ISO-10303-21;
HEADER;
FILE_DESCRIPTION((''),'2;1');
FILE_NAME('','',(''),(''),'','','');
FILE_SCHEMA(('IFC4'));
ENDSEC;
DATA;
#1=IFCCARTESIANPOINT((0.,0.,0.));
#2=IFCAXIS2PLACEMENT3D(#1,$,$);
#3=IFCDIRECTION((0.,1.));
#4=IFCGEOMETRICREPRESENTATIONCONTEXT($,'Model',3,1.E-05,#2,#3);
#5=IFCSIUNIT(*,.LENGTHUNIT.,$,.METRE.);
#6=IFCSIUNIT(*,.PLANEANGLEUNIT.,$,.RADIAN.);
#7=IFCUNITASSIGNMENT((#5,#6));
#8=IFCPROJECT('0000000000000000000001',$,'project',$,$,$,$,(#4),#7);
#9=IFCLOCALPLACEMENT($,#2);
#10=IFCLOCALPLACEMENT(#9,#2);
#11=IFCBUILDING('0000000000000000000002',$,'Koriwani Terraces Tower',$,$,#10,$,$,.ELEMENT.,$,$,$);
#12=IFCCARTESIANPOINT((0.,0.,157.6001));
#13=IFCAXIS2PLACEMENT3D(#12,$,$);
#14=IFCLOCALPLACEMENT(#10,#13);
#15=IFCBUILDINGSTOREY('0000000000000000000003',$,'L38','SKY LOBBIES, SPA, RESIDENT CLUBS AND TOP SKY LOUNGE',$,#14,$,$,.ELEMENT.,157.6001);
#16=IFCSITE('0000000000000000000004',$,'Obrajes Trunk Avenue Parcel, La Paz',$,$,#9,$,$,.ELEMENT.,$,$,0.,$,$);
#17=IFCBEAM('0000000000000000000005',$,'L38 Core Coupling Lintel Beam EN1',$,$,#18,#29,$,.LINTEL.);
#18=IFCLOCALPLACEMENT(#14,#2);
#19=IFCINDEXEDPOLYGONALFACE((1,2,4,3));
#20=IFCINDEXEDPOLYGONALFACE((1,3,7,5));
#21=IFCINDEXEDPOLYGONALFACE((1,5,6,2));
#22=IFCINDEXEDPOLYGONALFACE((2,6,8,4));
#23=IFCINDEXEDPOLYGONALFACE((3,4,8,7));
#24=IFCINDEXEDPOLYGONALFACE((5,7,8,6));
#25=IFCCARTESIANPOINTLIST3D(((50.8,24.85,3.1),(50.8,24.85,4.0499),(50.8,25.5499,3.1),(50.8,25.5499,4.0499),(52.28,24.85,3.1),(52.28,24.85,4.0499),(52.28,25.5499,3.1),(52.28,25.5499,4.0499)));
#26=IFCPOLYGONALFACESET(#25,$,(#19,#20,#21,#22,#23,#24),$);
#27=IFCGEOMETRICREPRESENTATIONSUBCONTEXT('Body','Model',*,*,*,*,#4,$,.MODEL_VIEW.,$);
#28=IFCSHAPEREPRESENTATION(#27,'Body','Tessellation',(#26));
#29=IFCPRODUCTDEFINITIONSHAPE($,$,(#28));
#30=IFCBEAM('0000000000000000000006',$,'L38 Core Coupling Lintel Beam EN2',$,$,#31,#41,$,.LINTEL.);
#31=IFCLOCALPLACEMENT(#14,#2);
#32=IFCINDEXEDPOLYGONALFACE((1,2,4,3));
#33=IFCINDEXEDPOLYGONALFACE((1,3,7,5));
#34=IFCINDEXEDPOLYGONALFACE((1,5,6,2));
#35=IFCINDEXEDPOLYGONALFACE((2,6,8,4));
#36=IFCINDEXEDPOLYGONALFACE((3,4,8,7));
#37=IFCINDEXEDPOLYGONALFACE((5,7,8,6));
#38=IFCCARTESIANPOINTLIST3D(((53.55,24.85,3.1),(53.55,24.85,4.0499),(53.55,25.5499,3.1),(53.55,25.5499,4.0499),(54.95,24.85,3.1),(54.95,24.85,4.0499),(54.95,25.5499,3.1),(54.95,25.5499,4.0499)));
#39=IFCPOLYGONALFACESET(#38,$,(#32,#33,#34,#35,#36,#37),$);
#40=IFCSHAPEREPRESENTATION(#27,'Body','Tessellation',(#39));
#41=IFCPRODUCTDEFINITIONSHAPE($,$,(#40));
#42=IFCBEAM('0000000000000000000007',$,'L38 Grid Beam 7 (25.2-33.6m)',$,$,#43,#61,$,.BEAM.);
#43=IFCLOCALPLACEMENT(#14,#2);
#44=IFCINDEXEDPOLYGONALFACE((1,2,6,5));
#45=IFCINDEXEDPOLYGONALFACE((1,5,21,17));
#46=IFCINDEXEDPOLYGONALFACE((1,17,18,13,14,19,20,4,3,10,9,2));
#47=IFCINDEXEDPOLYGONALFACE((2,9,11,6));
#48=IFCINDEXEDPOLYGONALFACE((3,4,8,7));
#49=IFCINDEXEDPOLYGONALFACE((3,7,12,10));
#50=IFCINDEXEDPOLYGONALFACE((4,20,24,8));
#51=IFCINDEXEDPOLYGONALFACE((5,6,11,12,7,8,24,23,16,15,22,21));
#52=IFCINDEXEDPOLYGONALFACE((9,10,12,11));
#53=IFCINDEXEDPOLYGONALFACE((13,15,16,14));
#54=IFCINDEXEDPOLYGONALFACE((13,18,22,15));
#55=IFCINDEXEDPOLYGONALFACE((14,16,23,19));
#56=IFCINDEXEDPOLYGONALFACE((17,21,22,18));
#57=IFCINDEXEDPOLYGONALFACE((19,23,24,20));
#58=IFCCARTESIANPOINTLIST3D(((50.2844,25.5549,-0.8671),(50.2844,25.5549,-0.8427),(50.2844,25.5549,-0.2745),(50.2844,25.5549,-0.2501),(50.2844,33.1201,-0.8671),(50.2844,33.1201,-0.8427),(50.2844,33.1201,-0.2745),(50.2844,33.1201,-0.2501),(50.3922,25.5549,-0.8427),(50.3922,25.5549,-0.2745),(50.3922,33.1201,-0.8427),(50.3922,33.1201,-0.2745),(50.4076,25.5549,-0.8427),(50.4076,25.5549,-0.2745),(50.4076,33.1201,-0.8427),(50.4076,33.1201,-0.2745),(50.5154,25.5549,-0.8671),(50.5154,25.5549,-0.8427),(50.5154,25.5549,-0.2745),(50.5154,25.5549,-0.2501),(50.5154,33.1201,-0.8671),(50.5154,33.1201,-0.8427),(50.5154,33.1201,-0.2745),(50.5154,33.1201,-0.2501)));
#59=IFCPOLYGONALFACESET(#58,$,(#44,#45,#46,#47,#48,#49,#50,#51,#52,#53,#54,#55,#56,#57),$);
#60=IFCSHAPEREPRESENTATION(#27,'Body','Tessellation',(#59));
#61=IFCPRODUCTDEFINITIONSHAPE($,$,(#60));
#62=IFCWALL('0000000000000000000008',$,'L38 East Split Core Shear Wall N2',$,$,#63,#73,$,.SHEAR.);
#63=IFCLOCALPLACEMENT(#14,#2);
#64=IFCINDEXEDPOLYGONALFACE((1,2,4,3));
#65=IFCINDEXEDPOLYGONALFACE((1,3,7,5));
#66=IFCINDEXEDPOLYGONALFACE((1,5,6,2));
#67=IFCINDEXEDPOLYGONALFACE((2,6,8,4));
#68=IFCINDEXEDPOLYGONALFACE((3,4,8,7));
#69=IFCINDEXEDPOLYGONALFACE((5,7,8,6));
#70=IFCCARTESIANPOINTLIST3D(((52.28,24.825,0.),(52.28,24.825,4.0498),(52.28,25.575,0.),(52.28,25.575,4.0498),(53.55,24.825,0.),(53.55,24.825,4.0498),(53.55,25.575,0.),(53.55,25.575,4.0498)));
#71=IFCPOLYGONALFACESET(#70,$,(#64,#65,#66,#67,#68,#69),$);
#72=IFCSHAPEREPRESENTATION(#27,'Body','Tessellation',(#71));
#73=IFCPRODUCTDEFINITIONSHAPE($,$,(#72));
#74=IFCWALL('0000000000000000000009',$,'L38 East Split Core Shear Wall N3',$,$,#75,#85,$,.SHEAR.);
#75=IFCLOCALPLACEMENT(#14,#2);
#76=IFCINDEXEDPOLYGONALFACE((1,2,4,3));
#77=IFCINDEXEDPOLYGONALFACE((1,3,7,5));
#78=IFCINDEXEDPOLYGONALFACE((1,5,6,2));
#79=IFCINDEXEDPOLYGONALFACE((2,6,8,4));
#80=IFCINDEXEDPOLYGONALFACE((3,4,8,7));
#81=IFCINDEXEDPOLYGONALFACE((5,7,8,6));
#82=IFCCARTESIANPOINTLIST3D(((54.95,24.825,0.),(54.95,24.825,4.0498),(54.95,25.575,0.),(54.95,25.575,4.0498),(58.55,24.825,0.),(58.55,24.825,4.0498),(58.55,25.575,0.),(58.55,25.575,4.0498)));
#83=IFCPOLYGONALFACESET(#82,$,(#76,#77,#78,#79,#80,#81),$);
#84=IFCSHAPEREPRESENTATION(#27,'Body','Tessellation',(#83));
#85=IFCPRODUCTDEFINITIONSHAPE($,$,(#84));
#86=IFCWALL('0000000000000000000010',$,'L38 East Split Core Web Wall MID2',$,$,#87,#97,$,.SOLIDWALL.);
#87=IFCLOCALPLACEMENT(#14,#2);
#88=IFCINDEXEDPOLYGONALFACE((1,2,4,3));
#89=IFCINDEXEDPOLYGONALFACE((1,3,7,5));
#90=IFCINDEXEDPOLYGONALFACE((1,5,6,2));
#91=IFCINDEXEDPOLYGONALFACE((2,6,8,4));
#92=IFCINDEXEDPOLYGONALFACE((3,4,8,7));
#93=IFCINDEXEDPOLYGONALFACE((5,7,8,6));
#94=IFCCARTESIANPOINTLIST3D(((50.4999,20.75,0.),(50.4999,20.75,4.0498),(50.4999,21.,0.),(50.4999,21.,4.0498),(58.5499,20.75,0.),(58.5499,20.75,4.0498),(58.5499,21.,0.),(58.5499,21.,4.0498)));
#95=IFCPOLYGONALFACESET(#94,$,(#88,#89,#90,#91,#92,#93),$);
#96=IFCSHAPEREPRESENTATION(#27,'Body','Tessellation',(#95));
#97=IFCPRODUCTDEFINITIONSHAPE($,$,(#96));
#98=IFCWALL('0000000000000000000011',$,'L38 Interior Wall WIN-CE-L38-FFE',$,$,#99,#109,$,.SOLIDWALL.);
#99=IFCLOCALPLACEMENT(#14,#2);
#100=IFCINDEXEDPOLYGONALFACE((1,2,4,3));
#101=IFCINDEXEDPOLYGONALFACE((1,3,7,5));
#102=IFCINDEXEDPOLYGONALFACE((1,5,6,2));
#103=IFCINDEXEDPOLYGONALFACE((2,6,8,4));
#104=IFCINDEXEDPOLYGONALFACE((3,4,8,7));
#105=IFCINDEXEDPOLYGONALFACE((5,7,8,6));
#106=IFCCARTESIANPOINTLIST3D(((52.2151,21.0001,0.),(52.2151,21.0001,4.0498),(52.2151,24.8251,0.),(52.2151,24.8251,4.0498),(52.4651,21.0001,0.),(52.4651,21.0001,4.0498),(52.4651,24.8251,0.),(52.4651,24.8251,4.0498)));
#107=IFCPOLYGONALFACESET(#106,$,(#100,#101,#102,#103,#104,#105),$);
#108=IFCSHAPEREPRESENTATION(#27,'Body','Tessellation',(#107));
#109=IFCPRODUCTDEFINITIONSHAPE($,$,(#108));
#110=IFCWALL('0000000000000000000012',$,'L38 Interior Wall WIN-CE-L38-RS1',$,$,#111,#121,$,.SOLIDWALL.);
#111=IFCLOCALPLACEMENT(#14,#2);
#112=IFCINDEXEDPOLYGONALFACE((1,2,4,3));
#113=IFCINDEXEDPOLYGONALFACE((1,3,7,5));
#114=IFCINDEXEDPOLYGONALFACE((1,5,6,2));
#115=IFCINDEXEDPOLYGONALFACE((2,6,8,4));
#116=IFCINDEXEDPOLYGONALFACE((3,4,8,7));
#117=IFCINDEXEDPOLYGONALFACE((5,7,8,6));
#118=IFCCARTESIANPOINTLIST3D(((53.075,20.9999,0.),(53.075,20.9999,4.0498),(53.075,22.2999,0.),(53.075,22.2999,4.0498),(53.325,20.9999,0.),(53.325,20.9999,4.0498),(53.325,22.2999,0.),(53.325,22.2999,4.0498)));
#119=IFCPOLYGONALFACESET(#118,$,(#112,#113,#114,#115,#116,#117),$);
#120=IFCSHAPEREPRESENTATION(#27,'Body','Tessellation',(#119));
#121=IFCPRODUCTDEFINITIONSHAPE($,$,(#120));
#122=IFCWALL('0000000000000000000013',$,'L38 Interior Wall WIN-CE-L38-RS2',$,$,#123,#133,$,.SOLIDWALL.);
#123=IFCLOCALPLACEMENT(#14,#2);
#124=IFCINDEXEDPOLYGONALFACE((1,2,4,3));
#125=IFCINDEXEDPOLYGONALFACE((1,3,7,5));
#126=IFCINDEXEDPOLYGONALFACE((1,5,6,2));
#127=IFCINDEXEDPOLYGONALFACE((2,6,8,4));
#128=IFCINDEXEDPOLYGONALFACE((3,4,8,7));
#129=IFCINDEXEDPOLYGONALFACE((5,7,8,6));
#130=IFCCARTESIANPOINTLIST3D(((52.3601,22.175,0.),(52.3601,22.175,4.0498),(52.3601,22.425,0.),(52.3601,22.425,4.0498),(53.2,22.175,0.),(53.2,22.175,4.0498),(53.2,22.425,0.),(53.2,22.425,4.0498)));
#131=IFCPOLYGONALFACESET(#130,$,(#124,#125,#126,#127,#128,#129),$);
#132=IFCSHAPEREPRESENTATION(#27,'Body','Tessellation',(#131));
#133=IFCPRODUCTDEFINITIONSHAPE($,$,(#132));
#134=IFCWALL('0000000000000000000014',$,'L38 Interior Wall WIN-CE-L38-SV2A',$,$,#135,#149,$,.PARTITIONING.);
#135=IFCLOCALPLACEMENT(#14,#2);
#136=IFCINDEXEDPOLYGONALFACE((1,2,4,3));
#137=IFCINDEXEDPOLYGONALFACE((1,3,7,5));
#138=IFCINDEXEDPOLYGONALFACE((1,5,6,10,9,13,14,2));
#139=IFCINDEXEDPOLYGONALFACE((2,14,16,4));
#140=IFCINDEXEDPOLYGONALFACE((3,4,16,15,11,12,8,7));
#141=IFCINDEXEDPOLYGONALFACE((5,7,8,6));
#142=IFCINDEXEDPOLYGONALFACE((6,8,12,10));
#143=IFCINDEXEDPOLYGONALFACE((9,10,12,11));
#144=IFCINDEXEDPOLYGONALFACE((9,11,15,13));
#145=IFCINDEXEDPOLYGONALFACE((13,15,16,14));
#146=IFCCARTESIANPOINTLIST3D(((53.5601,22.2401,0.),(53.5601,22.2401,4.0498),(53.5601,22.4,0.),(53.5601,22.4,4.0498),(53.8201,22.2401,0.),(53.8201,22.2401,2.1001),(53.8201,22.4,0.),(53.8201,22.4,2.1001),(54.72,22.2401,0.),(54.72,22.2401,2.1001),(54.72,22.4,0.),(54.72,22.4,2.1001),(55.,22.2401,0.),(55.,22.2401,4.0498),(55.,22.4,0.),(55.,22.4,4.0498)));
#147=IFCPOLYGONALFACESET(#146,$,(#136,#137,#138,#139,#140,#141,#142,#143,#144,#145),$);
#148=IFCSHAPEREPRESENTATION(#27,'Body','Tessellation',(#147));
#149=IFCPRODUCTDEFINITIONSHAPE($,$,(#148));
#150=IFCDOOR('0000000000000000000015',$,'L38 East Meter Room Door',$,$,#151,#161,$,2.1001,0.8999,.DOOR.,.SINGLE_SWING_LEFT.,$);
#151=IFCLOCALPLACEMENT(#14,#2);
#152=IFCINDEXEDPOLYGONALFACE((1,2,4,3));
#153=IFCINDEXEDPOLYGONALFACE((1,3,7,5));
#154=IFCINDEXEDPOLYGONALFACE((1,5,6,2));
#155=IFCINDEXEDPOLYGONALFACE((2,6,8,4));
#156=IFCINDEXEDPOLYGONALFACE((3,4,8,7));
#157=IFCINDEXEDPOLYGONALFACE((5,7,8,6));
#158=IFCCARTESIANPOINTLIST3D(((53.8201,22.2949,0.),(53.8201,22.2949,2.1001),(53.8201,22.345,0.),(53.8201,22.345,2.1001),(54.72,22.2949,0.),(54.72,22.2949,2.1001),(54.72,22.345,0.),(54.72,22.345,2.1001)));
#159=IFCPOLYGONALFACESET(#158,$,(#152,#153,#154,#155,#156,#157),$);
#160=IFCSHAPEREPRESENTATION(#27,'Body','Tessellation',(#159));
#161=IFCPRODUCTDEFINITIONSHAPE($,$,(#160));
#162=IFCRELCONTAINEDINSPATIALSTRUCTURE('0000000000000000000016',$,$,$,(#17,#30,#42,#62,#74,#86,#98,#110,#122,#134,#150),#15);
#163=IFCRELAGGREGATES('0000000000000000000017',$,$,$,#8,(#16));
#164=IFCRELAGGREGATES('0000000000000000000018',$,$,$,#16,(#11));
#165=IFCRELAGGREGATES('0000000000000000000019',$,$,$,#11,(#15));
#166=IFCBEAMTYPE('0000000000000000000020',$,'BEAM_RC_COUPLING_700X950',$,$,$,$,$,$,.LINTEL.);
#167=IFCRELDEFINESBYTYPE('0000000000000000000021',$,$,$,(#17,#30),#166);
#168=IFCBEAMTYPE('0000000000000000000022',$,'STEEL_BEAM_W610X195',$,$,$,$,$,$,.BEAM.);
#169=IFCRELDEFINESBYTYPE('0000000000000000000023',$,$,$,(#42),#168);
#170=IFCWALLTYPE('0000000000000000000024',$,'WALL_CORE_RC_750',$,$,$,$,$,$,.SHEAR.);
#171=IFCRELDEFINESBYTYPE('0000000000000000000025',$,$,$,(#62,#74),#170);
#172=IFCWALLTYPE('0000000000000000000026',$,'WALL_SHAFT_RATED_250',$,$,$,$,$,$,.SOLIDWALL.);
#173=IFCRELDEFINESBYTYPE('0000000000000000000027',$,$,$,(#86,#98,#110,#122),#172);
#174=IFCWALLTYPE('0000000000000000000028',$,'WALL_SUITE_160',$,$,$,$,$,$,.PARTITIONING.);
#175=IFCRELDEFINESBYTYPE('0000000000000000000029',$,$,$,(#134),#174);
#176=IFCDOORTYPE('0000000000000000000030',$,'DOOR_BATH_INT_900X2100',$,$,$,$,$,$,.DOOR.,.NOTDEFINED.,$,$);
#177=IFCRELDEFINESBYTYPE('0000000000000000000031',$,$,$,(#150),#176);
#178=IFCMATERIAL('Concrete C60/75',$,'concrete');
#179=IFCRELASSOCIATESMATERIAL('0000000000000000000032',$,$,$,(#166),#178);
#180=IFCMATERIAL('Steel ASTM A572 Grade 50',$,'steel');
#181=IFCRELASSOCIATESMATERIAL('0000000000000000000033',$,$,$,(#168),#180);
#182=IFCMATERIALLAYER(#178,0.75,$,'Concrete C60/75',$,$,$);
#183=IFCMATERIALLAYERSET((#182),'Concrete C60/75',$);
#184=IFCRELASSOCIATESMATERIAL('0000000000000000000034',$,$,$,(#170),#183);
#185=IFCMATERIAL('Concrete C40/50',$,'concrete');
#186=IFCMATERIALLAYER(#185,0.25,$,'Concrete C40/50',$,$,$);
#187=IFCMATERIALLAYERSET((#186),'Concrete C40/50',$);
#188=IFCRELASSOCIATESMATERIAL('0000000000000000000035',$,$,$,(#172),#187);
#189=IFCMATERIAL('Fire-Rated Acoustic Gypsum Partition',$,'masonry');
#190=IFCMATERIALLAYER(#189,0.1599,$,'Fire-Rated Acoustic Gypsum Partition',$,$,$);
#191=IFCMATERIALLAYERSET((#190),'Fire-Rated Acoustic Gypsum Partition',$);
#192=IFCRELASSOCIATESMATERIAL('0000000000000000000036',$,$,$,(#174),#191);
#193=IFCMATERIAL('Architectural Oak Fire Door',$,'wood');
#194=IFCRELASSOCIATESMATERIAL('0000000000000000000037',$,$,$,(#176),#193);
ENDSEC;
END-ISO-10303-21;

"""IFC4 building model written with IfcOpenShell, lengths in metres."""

from ifc_helpers import new_model, si_unit, direction, frame, frame_2d, origin, origin_2d, place, context, subcontext, project, spatial, rectangle, i_section, extrude, material, layer, layer_set, material_profile, profile_set, type_object, element, fill, save


model = new_model("IFC4")

# Units and contexts
model_context = context("Model", 3, precision=1e-05, world=origin(), true_north=direction((0.0, 1.0)))
body_context = subcontext(model_context, "Body", "Model", "MODEL_VIEW")
ifc_project = project(units=[si_unit("LENGTHUNIT", "METRE"), si_unit("PLANEANGLEUNIT", "RADIAN")], contexts=[model_context])

# Site, building, storey
site_placement = place(None, origin())
site = spatial("IfcSite", under=ifc_project, at=site_placement, Name="Obrajes Trunk Avenue Parcel, La Paz", CompositionType="ELEMENT", RefElevation=0.0)
building_placement = place(site_placement, origin())
building = spatial("IfcBuilding", under=site, at=building_placement, Name="Koriwani Terraces Tower", CompositionType="ELEMENT")
storey_placement = place(building_placement, frame((0.0, 0.0, 157.6001)))
storey = spatial("IfcBuildingStorey", under=building, at=storey_placement, Name="L38", Description="SKY LOBBIES, SPA, RESIDENT CLUBS AND TOP SKY LOUNGE", CompositionType="ELEMENT", Elevation=157.6001)

# Beams
ifc_material_1 = material(Name="Concrete C60/75", Category="concrete")
ifc_material_profile_1 = material_profile(ifc_material_1, rectangle(XDim=0.7, YDim=0.95, at=origin_2d()), Name="Concrete C60/75", Category="LoadBearing")
ifc_profile_set_1 = profile_set([ifc_material_profile_1], Name="Concrete C60/75")
beam_type_1 = type_object("IfcBeamType", Name="BEAM_RC_COUPLING_700X950", PredefinedType="LINTEL", material=ifc_profile_set_1)
beam_1_placement = place(storey_placement, frame((50.8, 25.2, 3.575), z_axis=(1.0, 0.0, 0.0), x_axis=(0.0, 1.0, 0.0)))
element("IfcBeam", 1, at=beam_1_placement, inside=storey, type_object=beam_type_1, Name="L38 Core Coupling Lintel Beam EN1", PredefinedType="LINTEL", context=body_context, shape_type="SweptSolid", body=[
    extrude(rectangle(XDim=0.7, YDim=0.95, at=origin_2d()), origin(), (0.0, 0.0, 1.0), 1.48),
])
beam_2_placement = place(storey_placement, frame((53.55, 25.2, 3.575), z_axis=(1.0, 0.0, 0.0), x_axis=(0.0, 1.0, 0.0)))
element("IfcBeam", 2, at=beam_2_placement, inside=storey, type_object=beam_type_1, Name="L38 Core Coupling Lintel Beam EN2", PredefinedType="LINTEL", context=body_context, shape_type="SweptSolid", body=[
    extrude(rectangle(XDim=0.7, YDim=0.95, at=origin_2d()), origin(), (0.0, 0.0, 1.0), 1.3999),
])
ifc_material_2 = material(Name="Steel ASTM A572 Grade 50", Category="steel")
ifc_material_profile_2 = material_profile(ifc_material_2, i_section(OverallWidth=0.231, OverallDepth=0.6169, WebThickness=0.0154, FlangeThickness=0.0244, at=origin_2d()), Name="Steel ASTM A572 Grade 50", Category="LoadBearing")
ifc_profile_set_2 = profile_set([ifc_material_profile_2], Name="Steel ASTM A572 Grade 50")
beam_type_2 = type_object("IfcBeamType", Name="STEEL_BEAM_W610X195", PredefinedType="BEAM", material=ifc_profile_set_2)
beam_3_placement = place(storey_placement, frame((50.3999, 25.5549, -0.5586), z_axis=(0.0, 1.0, 0.0), x_axis=(-1.0, 0.0, 0.0)))
element("IfcBeam", 3, at=beam_3_placement, inside=storey, type_object=beam_type_2, Name="L38 Grid Beam 7 (25.2-33.6m)", PredefinedType="BEAM", context=body_context, shape_type="SweptSolid", body=[
    extrude(i_section(OverallWidth=0.231, OverallDepth=0.6169, WebThickness=0.0154, FlangeThickness=0.0244, at=origin_2d()), origin(), (0.0, 0.0, 1.0), 7.5652),
])

# Walls
ifc_layer_1 = layer(ifc_material_1, 0.75, Name="Concrete C60/75")
ifc_layer_set_1 = layer_set([ifc_layer_1], Name="Concrete C60/75")
wall_type_1 = type_object("IfcWallType", Name="WALL_CORE_RC_750", PredefinedType="SHEAR", material=ifc_layer_set_1)
wall_1_placement = place(storey_placement, frame((52.28, 25.2, 0.0), z_axis=(0.0, 0.0, 1.0), x_axis=(1.0, 0.0, 0.0)))
element("IfcWall", 4, at=wall_1_placement, inside=storey, type_object=wall_type_1, Name="L38 East Split Core Shear Wall N2", PredefinedType="SHEAR", context=body_context, shape_type="SweptSolid", body=[
    extrude(rectangle(XDim=1.27, YDim=0.75, at=frame_2d((0.635, 0.0))), origin(), (0.0, 0.0, 1.0), 4.0498),
])
wall_2_placement = place(storey_placement, frame((54.95, 25.2, 0.0), z_axis=(0.0, 0.0, 1.0), x_axis=(1.0, 0.0, 0.0)))
element("IfcWall", 5, at=wall_2_placement, inside=storey, type_object=wall_type_1, Name="L38 East Split Core Shear Wall N3", PredefinedType="SHEAR", context=body_context, shape_type="SweptSolid", body=[
    extrude(rectangle(XDim=3.6001, YDim=0.75, at=frame_2d((1.8, 0.0))), origin(), (0.0, 0.0, 1.0), 4.0498),
])
ifc_material_3 = material(Name="Concrete C40/50", Category="concrete")
ifc_layer_2 = layer(ifc_material_3, 0.25, Name="Concrete C40/50")
ifc_layer_set_2 = layer_set([ifc_layer_2], Name="Concrete C40/50")
wall_type_2 = type_object("IfcWallType", Name="WALL_SHAFT_RATED_250", PredefinedType="SOLIDWALL", material=ifc_layer_set_2)
wall_3_placement = place(storey_placement, frame((50.5, 20.875, 0.0), z_axis=(0.0, 0.0, 1.0), x_axis=(1.0, 0.0, 0.0)))
element("IfcWall", 6, at=wall_3_placement, inside=storey, type_object=wall_type_2, Name="L38 East Split Core Web Wall MID2", PredefinedType="SOLIDWALL", context=body_context, shape_type="SweptSolid", body=[
    extrude(rectangle(XDim=8.05, YDim=0.25, at=frame_2d((4.0249, 0.0))), origin(), (0.0, 0.0, 1.0), 4.0498),
])

# Wall
wall_4_placement = place(storey_placement, frame((52.3401, 21.0, 0.0), z_axis=(0.0, 0.0, 1.0), x_axis=(0.0, 1.0, 0.0)))
element("IfcWall", 7, at=wall_4_placement, inside=storey, type_object=wall_type_2, Name="L38 Interior Wall WIN-CE-L38-FFE", PredefinedType="SOLIDWALL", context=body_context, shape_type="SweptSolid", body=[
    extrude(rectangle(XDim=3.825, YDim=0.25, at=frame_2d((1.9126, 0.0))), origin(), (0.0, 0.0, 1.0), 4.0498),
])

# Walls
wall_5_placement = place(storey_placement, frame((53.2, 21.0, 0.0), z_axis=(0.0, 0.0, 1.0), x_axis=(0.0, 1.0, 0.0)))
element("IfcWall", 8, at=wall_5_placement, inside=storey, type_object=wall_type_2, Name="L38 Interior Wall WIN-CE-L38-RS1", PredefinedType="SOLIDWALL", context=body_context, shape_type="SweptSolid", body=[
    extrude(rectangle(XDim=1.3, YDim=0.25, at=frame_2d((0.6499, 0.0))), origin(), (0.0, 0.0, 1.0), 4.0498),
])
wall_6_placement = place(storey_placement, frame((52.3601, 22.3, 0.0), z_axis=(0.0, 0.0, 1.0), x_axis=(1.0, 0.0, 0.0)))
element("IfcWall", 9, at=wall_6_placement, inside=storey, type_object=wall_type_2, Name="L38 Interior Wall WIN-CE-L38-RS2", PredefinedType="SOLIDWALL", context=body_context, shape_type="SweptSolid", body=[
    extrude(rectangle(XDim=0.8398, YDim=0.25, at=frame_2d((0.4199, 0.0))), origin(), (0.0, 0.0, 1.0), 4.0498),
])

# Wall, opening, door
ifc_material_4 = material(Name="Fire-Rated Acoustic Gypsum Partition", Category="masonry")
ifc_layer_3 = layer(ifc_material_4, 0.1599, Name="Fire-Rated Acoustic Gypsum Partition")
ifc_layer_set_3 = layer_set([ifc_layer_3], Name="Fire-Rated Acoustic Gypsum Partition")
wall_type_3 = type_object("IfcWallType", Name="WALL_SUITE_160", PredefinedType="PARTITIONING", material=ifc_layer_set_3)
wall_7_placement = place(storey_placement, frame((53.5601, 22.3201, 0.0), z_axis=(0.0, 0.0, 1.0), x_axis=(1.0, 0.0, 0.0)))
wall_7 = element("IfcWall", 10, at=wall_7_placement, inside=storey, type_object=wall_type_3, Name="L38 Interior Wall WIN-CE-L38-SV2A", PredefinedType="PARTITIONING", context=body_context, shape_type="SweptSolid", body=[
    extrude(rectangle(XDim=1.4399, YDim=0.1599, at=frame_2d((0.72, 0.0))), origin(), (0.0, 0.0, 1.0), 4.0498),
])
opening_1_placement = place(wall_7_placement, frame((0.26, 0.0, 0.0)))
opening_1 = element("IfcOpeningElement", 11, at=opening_1_placement, cuts=wall_7, PredefinedType="OPENING", context=body_context, shape_type="SweptSolid", body=[
    extrude(rectangle(XDim=0.8999, YDim=2.1001, at=frame_2d((0.45, 1.05))), frame((0.0, 0.0898, 0.0), z_axis=(0.0, -1.0, 0.0), x_axis=(1.0, 0.0, 0.0)), (0.0, 0.0, 1.0), 0.1799),
])
ifc_material_5 = material(Name="Architectural Oak Fire Door", Category="wood")
door_type_1 = type_object("IfcDoorType", Name="DOOR_BATH_INT_900X2100", OperationType="NOTDEFINED", PredefinedType="DOOR", material=ifc_material_5)
door_1_placement = place(opening_1_placement, origin())
door_1 = element("IfcDoor", 12, at=door_1_placement, inside=storey, type_object=door_type_1, Name="L38 East Meter Room Door", OperationType="SINGLE_SWING_LEFT", OverallHeight=2.1001, OverallWidth=0.8999, PredefinedType="DOOR", context=body_context, shape_type="SweptSolid", body=[
    extrude(rectangle(XDim=0.8999, YDim=2.1001, at=frame_2d((0.45, 1.05))), frame((0.0, 0.0249, 0.0), z_axis=(0.0, -1.0, 0.0), x_axis=(1.0, 0.0, 0.0)), (0.0, 0.0, 1.0), 0.05),
])
fill(opening_1, door_1)

save(model, "model.ifc")
